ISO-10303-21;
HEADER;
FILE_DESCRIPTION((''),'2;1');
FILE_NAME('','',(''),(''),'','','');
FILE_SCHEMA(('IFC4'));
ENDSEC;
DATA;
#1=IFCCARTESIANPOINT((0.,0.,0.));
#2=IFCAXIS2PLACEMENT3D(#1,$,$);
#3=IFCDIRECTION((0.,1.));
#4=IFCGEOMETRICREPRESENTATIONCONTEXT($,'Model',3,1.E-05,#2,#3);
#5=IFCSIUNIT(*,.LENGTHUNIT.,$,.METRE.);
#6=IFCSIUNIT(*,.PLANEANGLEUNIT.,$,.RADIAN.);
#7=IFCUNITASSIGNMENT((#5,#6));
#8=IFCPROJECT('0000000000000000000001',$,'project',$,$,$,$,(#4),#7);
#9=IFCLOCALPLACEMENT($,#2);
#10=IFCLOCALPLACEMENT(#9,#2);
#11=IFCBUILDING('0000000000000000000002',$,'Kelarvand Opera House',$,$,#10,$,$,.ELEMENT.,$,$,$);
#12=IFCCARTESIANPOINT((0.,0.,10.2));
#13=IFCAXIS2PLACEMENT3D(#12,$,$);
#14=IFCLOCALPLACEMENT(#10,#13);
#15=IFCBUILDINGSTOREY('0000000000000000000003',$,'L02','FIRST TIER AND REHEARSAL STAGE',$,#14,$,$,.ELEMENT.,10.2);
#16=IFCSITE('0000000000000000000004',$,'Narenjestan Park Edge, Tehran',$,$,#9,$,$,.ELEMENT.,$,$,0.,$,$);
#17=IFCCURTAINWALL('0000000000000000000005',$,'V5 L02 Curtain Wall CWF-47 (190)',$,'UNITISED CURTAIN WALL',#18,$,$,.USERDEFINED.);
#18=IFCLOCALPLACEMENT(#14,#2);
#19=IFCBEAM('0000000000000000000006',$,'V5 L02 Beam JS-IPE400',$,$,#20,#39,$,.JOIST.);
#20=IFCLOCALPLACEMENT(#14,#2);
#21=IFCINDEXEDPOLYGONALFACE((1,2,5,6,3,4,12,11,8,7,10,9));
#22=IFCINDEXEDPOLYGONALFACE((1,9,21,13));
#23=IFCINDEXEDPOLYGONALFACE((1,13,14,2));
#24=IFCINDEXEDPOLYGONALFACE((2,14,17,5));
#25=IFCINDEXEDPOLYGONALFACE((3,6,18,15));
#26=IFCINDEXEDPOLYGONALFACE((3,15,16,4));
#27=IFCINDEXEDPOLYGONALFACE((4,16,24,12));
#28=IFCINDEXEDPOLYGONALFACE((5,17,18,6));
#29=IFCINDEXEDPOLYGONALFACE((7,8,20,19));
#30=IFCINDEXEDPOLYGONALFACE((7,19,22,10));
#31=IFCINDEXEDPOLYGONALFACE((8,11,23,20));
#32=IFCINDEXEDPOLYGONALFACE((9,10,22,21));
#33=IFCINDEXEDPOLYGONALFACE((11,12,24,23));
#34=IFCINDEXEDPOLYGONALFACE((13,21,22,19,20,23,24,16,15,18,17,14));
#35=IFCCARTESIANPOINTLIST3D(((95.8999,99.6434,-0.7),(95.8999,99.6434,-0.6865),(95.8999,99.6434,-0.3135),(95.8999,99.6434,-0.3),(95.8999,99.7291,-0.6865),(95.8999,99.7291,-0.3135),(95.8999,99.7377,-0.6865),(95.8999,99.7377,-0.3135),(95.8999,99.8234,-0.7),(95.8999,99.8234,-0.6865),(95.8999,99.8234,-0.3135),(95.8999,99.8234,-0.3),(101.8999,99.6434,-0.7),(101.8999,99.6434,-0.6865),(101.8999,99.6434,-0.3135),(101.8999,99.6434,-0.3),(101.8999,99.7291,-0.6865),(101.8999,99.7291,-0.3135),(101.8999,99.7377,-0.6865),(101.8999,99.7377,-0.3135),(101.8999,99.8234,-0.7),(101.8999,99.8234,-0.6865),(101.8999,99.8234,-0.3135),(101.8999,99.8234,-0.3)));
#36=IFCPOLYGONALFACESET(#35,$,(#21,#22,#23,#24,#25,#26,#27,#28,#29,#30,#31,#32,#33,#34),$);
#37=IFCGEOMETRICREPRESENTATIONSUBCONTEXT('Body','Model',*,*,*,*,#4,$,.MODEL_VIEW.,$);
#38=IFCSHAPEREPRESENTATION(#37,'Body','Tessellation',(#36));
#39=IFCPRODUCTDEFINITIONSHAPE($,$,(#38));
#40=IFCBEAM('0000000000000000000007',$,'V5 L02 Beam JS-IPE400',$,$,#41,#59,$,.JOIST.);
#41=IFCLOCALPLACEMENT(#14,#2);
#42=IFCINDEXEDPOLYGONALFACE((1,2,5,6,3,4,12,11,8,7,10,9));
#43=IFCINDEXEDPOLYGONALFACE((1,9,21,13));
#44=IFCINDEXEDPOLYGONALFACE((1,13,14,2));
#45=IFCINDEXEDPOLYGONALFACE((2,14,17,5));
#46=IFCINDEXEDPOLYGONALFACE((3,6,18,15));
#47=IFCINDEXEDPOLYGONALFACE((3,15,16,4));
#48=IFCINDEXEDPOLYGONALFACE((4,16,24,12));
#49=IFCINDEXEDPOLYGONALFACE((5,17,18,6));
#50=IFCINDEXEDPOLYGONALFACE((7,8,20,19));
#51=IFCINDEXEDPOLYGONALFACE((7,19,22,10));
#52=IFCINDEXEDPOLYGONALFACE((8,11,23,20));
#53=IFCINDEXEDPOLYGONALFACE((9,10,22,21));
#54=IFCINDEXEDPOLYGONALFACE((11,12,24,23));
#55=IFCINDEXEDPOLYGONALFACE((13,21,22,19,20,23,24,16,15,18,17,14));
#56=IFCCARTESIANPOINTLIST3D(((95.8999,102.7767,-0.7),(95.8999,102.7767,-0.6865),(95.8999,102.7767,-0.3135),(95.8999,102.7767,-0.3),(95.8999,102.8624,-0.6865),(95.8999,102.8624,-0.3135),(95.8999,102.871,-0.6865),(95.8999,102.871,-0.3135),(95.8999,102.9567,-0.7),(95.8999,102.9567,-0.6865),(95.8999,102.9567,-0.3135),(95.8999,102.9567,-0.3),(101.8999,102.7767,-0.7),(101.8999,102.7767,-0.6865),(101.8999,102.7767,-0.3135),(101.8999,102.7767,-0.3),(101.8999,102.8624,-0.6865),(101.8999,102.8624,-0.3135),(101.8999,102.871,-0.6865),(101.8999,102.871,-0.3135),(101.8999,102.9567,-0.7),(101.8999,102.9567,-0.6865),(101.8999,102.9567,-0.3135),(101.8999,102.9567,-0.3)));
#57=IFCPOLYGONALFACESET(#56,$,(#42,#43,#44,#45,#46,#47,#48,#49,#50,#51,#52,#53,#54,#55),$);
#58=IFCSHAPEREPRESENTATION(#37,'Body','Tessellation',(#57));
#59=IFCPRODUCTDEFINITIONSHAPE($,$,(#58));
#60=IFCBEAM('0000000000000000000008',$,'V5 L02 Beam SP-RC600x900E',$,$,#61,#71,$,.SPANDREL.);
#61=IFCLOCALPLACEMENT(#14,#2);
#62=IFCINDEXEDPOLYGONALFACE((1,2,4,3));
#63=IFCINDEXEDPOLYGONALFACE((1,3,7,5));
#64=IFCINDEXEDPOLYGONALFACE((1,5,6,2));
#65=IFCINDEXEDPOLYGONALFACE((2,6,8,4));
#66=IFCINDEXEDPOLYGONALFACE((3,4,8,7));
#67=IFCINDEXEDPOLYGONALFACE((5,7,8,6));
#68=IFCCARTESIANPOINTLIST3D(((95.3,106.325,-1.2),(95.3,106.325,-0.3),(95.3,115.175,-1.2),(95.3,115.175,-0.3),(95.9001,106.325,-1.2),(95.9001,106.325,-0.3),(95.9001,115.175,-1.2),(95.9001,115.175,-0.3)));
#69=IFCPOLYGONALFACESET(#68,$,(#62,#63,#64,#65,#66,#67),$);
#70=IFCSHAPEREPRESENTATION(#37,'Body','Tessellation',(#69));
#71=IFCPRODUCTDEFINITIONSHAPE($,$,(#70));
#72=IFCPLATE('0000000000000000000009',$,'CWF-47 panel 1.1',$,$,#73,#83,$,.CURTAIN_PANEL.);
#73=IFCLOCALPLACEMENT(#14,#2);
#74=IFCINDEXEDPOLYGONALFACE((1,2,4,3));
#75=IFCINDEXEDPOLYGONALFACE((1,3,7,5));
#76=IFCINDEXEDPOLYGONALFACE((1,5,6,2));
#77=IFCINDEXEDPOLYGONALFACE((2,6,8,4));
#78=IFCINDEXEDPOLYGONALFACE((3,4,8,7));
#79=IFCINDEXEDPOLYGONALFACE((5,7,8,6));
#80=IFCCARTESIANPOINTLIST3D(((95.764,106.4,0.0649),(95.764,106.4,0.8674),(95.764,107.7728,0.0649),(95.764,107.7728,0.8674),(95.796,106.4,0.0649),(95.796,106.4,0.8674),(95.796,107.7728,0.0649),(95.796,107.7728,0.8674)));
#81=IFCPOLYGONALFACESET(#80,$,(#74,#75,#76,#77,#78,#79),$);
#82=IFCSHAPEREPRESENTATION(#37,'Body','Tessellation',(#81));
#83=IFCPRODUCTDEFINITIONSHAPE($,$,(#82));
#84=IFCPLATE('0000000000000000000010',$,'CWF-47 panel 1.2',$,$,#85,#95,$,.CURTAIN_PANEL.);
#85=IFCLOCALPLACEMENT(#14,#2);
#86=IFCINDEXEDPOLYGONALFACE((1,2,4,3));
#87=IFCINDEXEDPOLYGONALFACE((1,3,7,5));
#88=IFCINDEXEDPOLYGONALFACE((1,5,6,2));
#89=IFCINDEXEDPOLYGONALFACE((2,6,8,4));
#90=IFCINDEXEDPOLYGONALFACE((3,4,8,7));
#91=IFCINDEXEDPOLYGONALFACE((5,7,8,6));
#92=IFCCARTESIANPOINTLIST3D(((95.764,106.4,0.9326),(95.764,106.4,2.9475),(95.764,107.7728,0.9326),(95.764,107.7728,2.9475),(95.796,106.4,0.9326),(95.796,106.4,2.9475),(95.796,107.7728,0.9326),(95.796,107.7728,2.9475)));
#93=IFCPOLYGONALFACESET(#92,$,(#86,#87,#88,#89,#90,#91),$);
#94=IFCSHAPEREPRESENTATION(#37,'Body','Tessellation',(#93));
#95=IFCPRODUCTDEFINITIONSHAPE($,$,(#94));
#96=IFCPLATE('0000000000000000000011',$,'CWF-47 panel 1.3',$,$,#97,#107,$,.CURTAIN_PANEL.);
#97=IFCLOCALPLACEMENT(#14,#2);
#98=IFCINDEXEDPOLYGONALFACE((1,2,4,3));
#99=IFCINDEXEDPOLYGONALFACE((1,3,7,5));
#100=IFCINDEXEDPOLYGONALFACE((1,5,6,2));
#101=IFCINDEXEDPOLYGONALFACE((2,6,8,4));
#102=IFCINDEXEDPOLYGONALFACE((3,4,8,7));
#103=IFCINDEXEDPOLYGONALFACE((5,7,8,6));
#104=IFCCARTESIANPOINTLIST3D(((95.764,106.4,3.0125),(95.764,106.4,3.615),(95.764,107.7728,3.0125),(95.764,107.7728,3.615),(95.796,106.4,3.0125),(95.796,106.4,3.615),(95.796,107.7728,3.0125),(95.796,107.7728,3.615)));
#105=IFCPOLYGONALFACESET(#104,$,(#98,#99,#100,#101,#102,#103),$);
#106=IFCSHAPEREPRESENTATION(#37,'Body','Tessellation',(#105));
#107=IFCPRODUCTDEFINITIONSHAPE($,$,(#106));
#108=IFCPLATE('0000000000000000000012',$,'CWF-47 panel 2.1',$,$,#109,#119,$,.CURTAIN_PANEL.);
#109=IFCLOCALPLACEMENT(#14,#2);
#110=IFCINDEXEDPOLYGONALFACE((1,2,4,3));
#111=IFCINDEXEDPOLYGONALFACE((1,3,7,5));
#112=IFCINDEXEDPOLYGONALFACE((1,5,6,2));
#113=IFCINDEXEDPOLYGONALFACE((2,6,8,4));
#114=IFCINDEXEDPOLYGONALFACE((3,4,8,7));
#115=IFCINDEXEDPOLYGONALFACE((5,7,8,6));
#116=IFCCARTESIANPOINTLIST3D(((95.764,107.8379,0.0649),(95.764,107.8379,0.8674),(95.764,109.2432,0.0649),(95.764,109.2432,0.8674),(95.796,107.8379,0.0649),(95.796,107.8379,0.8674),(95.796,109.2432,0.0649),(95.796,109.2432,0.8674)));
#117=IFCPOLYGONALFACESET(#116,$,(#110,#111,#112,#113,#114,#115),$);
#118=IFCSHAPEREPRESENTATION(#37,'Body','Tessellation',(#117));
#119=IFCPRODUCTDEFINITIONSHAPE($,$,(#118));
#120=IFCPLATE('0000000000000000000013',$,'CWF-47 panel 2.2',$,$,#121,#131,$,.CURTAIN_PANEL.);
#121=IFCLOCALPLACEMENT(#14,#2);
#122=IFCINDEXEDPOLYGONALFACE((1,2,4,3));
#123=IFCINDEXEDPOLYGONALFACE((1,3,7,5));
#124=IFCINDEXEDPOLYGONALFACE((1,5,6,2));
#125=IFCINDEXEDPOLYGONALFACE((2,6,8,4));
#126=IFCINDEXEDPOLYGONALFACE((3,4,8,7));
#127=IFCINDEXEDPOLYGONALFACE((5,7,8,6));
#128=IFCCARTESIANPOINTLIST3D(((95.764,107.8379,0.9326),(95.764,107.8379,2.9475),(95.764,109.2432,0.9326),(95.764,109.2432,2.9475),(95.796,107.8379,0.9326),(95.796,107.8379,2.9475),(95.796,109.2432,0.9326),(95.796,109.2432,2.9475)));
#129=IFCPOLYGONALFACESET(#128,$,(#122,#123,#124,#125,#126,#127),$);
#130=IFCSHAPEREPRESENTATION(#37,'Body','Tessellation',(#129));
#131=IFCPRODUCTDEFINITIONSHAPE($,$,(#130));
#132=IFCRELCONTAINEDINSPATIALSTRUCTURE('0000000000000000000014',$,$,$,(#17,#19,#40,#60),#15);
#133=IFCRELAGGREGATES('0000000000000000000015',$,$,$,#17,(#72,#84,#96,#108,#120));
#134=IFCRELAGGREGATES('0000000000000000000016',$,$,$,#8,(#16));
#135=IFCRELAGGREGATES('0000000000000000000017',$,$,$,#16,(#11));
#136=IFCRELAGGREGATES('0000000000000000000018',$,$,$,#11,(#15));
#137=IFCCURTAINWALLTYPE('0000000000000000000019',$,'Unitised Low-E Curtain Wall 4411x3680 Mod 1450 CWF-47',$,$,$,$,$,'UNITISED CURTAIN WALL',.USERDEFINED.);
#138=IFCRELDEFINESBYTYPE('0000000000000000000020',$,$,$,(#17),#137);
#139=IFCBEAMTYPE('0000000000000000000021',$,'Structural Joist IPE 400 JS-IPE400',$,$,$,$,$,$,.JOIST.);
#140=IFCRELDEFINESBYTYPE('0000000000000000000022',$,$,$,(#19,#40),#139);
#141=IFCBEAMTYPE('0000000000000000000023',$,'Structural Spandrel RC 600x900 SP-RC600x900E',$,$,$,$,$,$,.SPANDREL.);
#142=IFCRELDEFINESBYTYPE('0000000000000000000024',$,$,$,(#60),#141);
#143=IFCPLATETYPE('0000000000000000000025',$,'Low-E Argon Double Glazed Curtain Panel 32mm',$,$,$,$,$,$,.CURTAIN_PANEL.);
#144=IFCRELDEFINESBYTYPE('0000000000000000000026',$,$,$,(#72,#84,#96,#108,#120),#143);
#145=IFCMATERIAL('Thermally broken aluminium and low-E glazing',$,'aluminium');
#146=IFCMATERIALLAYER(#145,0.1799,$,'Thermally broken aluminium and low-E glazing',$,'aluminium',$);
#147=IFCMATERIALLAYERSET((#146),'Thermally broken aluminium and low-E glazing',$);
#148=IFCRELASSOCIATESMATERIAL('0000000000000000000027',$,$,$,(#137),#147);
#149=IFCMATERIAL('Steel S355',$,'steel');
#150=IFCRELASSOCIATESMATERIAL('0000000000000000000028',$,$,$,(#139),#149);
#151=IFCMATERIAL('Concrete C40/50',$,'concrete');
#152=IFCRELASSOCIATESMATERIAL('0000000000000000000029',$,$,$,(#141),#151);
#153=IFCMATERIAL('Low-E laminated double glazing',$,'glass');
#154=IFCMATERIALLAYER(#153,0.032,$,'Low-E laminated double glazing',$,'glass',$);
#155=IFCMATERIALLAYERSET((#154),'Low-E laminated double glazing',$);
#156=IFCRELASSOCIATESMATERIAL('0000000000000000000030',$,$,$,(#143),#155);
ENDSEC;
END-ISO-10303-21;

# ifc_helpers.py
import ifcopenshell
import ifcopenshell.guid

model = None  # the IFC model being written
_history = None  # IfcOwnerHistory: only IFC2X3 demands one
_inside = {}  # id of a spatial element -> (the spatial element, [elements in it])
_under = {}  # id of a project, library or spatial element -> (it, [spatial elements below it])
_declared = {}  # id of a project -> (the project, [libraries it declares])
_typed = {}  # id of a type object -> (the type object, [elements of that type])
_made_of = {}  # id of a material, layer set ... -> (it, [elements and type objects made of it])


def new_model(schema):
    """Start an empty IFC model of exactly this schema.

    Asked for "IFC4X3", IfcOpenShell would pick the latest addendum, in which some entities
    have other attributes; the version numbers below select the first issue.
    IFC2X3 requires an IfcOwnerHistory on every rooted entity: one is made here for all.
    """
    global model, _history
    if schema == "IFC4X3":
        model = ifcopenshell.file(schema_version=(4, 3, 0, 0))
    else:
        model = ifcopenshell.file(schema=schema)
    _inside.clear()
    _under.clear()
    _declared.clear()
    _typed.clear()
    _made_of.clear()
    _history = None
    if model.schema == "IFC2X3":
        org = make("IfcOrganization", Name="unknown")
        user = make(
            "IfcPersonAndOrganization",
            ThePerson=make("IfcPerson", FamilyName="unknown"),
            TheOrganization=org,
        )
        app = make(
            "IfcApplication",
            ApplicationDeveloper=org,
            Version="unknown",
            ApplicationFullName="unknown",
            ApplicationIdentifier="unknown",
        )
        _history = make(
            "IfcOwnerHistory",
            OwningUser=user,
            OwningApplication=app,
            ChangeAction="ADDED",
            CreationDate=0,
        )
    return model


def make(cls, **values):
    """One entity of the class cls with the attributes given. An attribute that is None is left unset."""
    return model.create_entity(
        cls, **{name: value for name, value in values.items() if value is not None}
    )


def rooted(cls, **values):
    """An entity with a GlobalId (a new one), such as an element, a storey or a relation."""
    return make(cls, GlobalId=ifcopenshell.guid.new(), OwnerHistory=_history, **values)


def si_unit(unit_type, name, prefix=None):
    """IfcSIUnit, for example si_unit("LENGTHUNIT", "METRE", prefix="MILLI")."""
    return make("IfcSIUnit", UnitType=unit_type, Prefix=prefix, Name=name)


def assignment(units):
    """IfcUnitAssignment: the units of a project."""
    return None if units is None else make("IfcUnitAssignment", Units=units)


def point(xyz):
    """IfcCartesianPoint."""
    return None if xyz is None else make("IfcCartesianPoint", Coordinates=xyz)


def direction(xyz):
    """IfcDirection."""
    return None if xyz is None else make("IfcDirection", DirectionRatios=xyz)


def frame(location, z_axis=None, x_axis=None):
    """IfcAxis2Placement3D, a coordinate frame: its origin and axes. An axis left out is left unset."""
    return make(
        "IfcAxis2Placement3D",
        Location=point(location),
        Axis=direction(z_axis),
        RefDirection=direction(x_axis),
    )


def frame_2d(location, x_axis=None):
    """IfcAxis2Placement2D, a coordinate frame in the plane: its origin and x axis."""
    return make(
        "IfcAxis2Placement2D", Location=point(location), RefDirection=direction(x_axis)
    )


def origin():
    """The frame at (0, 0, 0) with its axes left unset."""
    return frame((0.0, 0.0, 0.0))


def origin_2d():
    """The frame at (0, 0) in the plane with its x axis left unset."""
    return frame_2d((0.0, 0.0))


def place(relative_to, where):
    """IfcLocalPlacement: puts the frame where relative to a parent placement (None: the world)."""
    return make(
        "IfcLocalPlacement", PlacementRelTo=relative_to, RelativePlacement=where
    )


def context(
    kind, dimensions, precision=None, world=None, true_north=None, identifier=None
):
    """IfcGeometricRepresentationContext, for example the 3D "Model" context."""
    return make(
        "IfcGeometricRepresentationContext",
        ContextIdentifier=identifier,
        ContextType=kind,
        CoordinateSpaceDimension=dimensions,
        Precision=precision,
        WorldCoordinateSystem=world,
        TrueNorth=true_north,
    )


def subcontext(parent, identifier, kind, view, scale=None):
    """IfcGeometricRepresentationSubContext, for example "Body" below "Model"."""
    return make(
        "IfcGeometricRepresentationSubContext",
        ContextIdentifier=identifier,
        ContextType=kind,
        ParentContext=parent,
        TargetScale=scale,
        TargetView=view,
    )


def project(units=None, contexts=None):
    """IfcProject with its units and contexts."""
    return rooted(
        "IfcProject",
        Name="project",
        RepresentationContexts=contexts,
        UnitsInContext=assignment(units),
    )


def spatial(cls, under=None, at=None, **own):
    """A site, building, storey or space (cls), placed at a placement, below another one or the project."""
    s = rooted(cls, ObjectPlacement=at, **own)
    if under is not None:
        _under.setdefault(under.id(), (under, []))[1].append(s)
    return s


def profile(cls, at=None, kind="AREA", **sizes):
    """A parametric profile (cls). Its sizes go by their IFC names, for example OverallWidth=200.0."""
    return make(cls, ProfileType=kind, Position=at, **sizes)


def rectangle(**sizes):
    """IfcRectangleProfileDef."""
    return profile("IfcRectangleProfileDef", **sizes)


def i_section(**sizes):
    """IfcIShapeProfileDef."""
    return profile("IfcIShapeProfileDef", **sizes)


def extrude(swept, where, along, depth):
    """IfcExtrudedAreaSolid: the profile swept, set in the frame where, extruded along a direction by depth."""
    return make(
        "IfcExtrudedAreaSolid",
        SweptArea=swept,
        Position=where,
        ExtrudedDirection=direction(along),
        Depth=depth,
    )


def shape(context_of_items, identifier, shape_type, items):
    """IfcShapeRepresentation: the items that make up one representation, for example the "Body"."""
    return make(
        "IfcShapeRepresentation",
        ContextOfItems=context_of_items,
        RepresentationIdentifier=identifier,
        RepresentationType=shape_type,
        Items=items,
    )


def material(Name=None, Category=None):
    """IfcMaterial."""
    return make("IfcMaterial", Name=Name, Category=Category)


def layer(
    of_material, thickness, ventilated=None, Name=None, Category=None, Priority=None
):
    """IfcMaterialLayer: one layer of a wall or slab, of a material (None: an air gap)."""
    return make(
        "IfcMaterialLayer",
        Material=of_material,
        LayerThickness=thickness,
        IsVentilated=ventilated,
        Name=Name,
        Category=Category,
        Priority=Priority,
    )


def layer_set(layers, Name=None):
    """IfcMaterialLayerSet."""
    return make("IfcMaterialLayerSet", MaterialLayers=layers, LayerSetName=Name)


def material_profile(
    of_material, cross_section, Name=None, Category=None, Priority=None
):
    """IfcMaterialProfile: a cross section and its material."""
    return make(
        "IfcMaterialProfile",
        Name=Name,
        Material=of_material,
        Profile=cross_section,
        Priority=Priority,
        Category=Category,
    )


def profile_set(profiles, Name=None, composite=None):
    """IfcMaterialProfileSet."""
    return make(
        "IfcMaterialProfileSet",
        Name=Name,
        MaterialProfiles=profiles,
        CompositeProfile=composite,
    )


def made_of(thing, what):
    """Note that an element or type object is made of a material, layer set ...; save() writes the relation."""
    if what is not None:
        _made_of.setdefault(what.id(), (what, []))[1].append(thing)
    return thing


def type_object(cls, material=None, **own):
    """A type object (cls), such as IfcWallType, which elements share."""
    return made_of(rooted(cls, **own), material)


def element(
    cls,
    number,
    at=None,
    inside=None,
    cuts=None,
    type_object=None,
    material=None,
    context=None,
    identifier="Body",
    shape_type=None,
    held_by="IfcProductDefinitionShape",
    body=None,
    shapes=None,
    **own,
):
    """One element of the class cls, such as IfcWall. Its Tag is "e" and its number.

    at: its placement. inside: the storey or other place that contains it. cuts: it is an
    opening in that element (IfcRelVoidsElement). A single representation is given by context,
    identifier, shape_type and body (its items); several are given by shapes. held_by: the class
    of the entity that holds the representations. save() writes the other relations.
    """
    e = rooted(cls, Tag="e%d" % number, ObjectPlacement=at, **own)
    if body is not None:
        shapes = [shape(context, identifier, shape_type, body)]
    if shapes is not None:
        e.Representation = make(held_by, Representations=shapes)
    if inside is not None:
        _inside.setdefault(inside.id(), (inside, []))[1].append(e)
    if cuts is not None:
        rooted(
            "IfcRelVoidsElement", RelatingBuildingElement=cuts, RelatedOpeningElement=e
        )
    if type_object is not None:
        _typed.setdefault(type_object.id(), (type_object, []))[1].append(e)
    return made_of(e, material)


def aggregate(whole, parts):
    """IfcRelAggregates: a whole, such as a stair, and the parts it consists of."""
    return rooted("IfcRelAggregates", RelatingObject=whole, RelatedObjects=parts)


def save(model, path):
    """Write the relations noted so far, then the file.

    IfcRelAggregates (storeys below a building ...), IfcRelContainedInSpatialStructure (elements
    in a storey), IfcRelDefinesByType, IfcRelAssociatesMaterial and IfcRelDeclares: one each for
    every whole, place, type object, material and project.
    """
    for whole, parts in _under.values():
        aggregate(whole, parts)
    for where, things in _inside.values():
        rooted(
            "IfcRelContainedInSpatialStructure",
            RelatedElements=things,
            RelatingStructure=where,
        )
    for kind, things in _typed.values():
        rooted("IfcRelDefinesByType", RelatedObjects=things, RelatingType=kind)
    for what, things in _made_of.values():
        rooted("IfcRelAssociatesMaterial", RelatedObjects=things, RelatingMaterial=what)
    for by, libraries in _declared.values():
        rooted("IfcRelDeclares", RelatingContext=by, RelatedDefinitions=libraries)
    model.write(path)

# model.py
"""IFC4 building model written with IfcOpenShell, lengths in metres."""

from ifc_helpers import new_model, si_unit, direction, frame, origin, origin_2d, place, context, subcontext, project, spatial, rectangle, i_section, extrude, material, layer, layer_set, material_profile, profile_set, type_object, element, aggregate, save


model = new_model("IFC4")

# Units and contexts
model_context = context("Model", 3, precision=1e-05, world=origin(), true_north=direction((0.0, 1.0)))
body_context = subcontext(model_context, "Body", "Model", "MODEL_VIEW")
ifc_project = project(units=[si_unit("LENGTHUNIT", "METRE"), si_unit("PLANEANGLEUNIT", "RADIAN")], contexts=[model_context])

# Site, building, storey
site_placement = place(None, origin())
site = spatial("IfcSite", under=ifc_project, at=site_placement, Name="Narenjestan Park Edge, Tehran", CompositionType="ELEMENT", RefElevation=0.0)
building_placement = place(site_placement, origin())
building = spatial("IfcBuilding", under=site, at=building_placement, Name="Kelarvand Opera House", CompositionType="ELEMENT")
storey_placement = place(building_placement, frame((0.0, 0.0, 10.2)))
storey = spatial("IfcBuildingStorey", under=building, at=storey_placement, Name="L02", Description="FIRST TIER AND REHEARSAL STAGE", CompositionType="ELEMENT", Elevation=10.2)

# Shared definitions
ifc_material_1 = material(Name="Concrete C40/50", Category="concrete")

# Curtain wall
ifc_material_2 = material(Name="Thermally broken aluminium and low-E glazing", Category="aluminium")
ifc_layer_1 = layer(ifc_material_2, 0.1799, Name="Thermally broken aluminium and low-E glazing", Category="aluminium")
ifc_layer_set_1 = layer_set([ifc_layer_1], Name="Thermally broken aluminium and low-E glazing")
curtain_wall_type = type_object("IfcCurtainWallType", Name="Unitised Low-E Curtain Wall 4411x3680 Mod 1450 CWF-47", ElementType="UNITISED CURTAIN WALL", PredefinedType="USERDEFINED", material=ifc_layer_set_1)
curtain_wall_placement = place(storey_placement, origin())
curtain_wall = element("IfcCurtainWall", 1, at=curtain_wall_placement, inside=storey, type_object=curtain_wall_type, Name="V5 L02 Curtain Wall CWF-47 (190)", ObjectType="UNITISED CURTAIN WALL", PredefinedType="USERDEFINED")

# Beams
ifc_material_3 = material(Name="Steel S355", Category="steel")
ifc_material_profile_1 = material_profile(ifc_material_3, i_section(OverallWidth=0.1799, OverallDepth=0.3999, WebThickness=0.0085, FlangeThickness=0.0134, at=origin_2d()), Name="IPE 400", Category="steel")
ifc_profile_set_1 = profile_set([ifc_material_profile_1], Name="Steel S355")
beam_type_1 = type_object("IfcBeamType", Name="Structural Joist IPE 400 JS-IPE400", PredefinedType="JOIST", material=ifc_profile_set_1)
for number, where, z_axis, x_axis, name in (
    (2, (95.8999, 99.7334, -0.5), (1.0, 0.0, 0.0), (0.0, 1.0, 0.0), "V5 L02 Beam JS-IPE400"),
    (3, (95.8999, 102.8667, -0.5), (1.0, 0.0, 0.0), (0.0, 1.0, 0.0), "V5 L02 Beam JS-IPE400"),
):
    element("IfcBeam", number, at=place(storey_placement, frame(where, z_axis=z_axis, x_axis=x_axis)), inside=storey, type_object=beam_type_1, Name=name, PredefinedType="JOIST", context=body_context, shape_type="SweptSolid", body=[
        extrude(i_section(OverallWidth=0.1799, OverallDepth=0.3999, WebThickness=0.0085, FlangeThickness=0.0134, at=origin_2d()), origin(), (0.0, 0.0, 1.0), 6.0),
    ])
ifc_material_profile_2 = material_profile(ifc_material_1, rectangle(XDim=0.6001, YDim=0.8999, at=origin_2d()), Name="RC 600x900", Category="concrete")
ifc_profile_set_2 = profile_set([ifc_material_profile_2], Name="Concrete C40/50")
beam_type_2 = type_object("IfcBeamType", Name="Structural Spandrel RC 600x900 SP-RC600x900E", PredefinedType="SPANDREL", material=ifc_profile_set_2)
beam_1_placement = place(storey_placement, frame((95.6001, 106.325, -0.75), z_axis=(0.0, 1.0, 0.0), x_axis=(-1.0, 0.0, 0.0)))
element("IfcBeam", 4, at=beam_1_placement, inside=storey, type_object=beam_type_2, Name="V5 L02 Beam SP-RC600x900E", PredefinedType="SPANDREL", context=body_context, shape_type="SweptSolid", body=[
    extrude(rectangle(XDim=0.6001, YDim=0.8999, at=origin_2d()), origin(), (0.0, 0.0, 1.0), 8.8501),
])

# Plates
ifc_material_4 = material(Name="Low-E laminated double glazing", Category="glass")
ifc_layer_2 = layer(ifc_material_4, 0.032, Name="Low-E laminated double glazing", Category="glass")
ifc_layer_set_2 = layer_set([ifc_layer_2], Name="Low-E laminated double glazing")
plate_type = type_object("IfcPlateType", Name="Low-E Argon Double Glazed Curtain Panel 32mm", PredefinedType="CURTAIN_PANEL", material=ifc_layer_set_2)
plate_1_placement = place(storey_placement, frame((95.78, 107.0864, 0.0649), z_axis=(0.0, 0.0, 1.0), x_axis=(0.0, 1.0, 0.0)))
plate_1 = element("IfcPlate", 5, at=plate_1_placement, type_object=plate_type, Name="CWF-47 panel 1.1", PredefinedType="CURTAIN_PANEL", context=body_context, shape_type="SweptSolid", body=[
    extrude(rectangle(XDim=1.3728, YDim=0.032, at=origin_2d()), origin(), (0.0, 0.0, 1.0), 0.8025),
])
plate_2_placement = place(storey_placement, frame((95.78, 107.0864, 0.9326), z_axis=(0.0, 0.0, 1.0), x_axis=(0.0, 1.0, 0.0)))
plate_2 = element("IfcPlate", 6, at=plate_2_placement, type_object=plate_type, Name="CWF-47 panel 1.2", PredefinedType="CURTAIN_PANEL", context=body_context, shape_type="SweptSolid", body=[
    extrude(rectangle(XDim=1.3728, YDim=0.032, at=origin_2d()), origin(), (0.0, 0.0, 1.0), 2.0149),
])
plate_3_placement = place(storey_placement, frame((95.78, 107.0864, 3.0125), z_axis=(0.0, 0.0, 1.0), x_axis=(0.0, 1.0, 0.0)))
plate_3 = element("IfcPlate", 7, at=plate_3_placement, type_object=plate_type, Name="CWF-47 panel 1.3", PredefinedType="CURTAIN_PANEL", context=body_context, shape_type="SweptSolid", body=[
    extrude(rectangle(XDim=1.3728, YDim=0.032, at=origin_2d()), origin(), (0.0, 0.0, 1.0), 0.6025),
])
plate_4_placement = place(storey_placement, frame((95.78, 108.5405, 0.0649), z_axis=(0.0, 0.0, 1.0), x_axis=(0.0, 1.0, 0.0)))
plate_4 = element("IfcPlate", 8, at=plate_4_placement, type_object=plate_type, Name="CWF-47 panel 2.1", PredefinedType="CURTAIN_PANEL", context=body_context, shape_type="SweptSolid", body=[
    extrude(rectangle(XDim=1.4053, YDim=0.032, at=origin_2d()), origin(), (0.0, 0.0, 1.0), 0.8025),
])
plate_5_placement = place(storey_placement, frame((95.78, 108.5405, 0.9326), z_axis=(0.0, 0.0, 1.0), x_axis=(0.0, 1.0, 0.0)))
plate_5 = element("IfcPlate", 9, at=plate_5_placement, type_object=plate_type, Name="CWF-47 panel 2.2", PredefinedType="CURTAIN_PANEL", context=body_context, shape_type="SweptSolid", body=[
    extrude(rectangle(XDim=1.4053, YDim=0.032, at=origin_2d()), origin(), (0.0, 0.0, 1.0), 2.0149),
])
aggregate(curtain_wall, [plate_1, plate_2, plate_3, plate_4, plate_5])

save(model, "model.ifc")
